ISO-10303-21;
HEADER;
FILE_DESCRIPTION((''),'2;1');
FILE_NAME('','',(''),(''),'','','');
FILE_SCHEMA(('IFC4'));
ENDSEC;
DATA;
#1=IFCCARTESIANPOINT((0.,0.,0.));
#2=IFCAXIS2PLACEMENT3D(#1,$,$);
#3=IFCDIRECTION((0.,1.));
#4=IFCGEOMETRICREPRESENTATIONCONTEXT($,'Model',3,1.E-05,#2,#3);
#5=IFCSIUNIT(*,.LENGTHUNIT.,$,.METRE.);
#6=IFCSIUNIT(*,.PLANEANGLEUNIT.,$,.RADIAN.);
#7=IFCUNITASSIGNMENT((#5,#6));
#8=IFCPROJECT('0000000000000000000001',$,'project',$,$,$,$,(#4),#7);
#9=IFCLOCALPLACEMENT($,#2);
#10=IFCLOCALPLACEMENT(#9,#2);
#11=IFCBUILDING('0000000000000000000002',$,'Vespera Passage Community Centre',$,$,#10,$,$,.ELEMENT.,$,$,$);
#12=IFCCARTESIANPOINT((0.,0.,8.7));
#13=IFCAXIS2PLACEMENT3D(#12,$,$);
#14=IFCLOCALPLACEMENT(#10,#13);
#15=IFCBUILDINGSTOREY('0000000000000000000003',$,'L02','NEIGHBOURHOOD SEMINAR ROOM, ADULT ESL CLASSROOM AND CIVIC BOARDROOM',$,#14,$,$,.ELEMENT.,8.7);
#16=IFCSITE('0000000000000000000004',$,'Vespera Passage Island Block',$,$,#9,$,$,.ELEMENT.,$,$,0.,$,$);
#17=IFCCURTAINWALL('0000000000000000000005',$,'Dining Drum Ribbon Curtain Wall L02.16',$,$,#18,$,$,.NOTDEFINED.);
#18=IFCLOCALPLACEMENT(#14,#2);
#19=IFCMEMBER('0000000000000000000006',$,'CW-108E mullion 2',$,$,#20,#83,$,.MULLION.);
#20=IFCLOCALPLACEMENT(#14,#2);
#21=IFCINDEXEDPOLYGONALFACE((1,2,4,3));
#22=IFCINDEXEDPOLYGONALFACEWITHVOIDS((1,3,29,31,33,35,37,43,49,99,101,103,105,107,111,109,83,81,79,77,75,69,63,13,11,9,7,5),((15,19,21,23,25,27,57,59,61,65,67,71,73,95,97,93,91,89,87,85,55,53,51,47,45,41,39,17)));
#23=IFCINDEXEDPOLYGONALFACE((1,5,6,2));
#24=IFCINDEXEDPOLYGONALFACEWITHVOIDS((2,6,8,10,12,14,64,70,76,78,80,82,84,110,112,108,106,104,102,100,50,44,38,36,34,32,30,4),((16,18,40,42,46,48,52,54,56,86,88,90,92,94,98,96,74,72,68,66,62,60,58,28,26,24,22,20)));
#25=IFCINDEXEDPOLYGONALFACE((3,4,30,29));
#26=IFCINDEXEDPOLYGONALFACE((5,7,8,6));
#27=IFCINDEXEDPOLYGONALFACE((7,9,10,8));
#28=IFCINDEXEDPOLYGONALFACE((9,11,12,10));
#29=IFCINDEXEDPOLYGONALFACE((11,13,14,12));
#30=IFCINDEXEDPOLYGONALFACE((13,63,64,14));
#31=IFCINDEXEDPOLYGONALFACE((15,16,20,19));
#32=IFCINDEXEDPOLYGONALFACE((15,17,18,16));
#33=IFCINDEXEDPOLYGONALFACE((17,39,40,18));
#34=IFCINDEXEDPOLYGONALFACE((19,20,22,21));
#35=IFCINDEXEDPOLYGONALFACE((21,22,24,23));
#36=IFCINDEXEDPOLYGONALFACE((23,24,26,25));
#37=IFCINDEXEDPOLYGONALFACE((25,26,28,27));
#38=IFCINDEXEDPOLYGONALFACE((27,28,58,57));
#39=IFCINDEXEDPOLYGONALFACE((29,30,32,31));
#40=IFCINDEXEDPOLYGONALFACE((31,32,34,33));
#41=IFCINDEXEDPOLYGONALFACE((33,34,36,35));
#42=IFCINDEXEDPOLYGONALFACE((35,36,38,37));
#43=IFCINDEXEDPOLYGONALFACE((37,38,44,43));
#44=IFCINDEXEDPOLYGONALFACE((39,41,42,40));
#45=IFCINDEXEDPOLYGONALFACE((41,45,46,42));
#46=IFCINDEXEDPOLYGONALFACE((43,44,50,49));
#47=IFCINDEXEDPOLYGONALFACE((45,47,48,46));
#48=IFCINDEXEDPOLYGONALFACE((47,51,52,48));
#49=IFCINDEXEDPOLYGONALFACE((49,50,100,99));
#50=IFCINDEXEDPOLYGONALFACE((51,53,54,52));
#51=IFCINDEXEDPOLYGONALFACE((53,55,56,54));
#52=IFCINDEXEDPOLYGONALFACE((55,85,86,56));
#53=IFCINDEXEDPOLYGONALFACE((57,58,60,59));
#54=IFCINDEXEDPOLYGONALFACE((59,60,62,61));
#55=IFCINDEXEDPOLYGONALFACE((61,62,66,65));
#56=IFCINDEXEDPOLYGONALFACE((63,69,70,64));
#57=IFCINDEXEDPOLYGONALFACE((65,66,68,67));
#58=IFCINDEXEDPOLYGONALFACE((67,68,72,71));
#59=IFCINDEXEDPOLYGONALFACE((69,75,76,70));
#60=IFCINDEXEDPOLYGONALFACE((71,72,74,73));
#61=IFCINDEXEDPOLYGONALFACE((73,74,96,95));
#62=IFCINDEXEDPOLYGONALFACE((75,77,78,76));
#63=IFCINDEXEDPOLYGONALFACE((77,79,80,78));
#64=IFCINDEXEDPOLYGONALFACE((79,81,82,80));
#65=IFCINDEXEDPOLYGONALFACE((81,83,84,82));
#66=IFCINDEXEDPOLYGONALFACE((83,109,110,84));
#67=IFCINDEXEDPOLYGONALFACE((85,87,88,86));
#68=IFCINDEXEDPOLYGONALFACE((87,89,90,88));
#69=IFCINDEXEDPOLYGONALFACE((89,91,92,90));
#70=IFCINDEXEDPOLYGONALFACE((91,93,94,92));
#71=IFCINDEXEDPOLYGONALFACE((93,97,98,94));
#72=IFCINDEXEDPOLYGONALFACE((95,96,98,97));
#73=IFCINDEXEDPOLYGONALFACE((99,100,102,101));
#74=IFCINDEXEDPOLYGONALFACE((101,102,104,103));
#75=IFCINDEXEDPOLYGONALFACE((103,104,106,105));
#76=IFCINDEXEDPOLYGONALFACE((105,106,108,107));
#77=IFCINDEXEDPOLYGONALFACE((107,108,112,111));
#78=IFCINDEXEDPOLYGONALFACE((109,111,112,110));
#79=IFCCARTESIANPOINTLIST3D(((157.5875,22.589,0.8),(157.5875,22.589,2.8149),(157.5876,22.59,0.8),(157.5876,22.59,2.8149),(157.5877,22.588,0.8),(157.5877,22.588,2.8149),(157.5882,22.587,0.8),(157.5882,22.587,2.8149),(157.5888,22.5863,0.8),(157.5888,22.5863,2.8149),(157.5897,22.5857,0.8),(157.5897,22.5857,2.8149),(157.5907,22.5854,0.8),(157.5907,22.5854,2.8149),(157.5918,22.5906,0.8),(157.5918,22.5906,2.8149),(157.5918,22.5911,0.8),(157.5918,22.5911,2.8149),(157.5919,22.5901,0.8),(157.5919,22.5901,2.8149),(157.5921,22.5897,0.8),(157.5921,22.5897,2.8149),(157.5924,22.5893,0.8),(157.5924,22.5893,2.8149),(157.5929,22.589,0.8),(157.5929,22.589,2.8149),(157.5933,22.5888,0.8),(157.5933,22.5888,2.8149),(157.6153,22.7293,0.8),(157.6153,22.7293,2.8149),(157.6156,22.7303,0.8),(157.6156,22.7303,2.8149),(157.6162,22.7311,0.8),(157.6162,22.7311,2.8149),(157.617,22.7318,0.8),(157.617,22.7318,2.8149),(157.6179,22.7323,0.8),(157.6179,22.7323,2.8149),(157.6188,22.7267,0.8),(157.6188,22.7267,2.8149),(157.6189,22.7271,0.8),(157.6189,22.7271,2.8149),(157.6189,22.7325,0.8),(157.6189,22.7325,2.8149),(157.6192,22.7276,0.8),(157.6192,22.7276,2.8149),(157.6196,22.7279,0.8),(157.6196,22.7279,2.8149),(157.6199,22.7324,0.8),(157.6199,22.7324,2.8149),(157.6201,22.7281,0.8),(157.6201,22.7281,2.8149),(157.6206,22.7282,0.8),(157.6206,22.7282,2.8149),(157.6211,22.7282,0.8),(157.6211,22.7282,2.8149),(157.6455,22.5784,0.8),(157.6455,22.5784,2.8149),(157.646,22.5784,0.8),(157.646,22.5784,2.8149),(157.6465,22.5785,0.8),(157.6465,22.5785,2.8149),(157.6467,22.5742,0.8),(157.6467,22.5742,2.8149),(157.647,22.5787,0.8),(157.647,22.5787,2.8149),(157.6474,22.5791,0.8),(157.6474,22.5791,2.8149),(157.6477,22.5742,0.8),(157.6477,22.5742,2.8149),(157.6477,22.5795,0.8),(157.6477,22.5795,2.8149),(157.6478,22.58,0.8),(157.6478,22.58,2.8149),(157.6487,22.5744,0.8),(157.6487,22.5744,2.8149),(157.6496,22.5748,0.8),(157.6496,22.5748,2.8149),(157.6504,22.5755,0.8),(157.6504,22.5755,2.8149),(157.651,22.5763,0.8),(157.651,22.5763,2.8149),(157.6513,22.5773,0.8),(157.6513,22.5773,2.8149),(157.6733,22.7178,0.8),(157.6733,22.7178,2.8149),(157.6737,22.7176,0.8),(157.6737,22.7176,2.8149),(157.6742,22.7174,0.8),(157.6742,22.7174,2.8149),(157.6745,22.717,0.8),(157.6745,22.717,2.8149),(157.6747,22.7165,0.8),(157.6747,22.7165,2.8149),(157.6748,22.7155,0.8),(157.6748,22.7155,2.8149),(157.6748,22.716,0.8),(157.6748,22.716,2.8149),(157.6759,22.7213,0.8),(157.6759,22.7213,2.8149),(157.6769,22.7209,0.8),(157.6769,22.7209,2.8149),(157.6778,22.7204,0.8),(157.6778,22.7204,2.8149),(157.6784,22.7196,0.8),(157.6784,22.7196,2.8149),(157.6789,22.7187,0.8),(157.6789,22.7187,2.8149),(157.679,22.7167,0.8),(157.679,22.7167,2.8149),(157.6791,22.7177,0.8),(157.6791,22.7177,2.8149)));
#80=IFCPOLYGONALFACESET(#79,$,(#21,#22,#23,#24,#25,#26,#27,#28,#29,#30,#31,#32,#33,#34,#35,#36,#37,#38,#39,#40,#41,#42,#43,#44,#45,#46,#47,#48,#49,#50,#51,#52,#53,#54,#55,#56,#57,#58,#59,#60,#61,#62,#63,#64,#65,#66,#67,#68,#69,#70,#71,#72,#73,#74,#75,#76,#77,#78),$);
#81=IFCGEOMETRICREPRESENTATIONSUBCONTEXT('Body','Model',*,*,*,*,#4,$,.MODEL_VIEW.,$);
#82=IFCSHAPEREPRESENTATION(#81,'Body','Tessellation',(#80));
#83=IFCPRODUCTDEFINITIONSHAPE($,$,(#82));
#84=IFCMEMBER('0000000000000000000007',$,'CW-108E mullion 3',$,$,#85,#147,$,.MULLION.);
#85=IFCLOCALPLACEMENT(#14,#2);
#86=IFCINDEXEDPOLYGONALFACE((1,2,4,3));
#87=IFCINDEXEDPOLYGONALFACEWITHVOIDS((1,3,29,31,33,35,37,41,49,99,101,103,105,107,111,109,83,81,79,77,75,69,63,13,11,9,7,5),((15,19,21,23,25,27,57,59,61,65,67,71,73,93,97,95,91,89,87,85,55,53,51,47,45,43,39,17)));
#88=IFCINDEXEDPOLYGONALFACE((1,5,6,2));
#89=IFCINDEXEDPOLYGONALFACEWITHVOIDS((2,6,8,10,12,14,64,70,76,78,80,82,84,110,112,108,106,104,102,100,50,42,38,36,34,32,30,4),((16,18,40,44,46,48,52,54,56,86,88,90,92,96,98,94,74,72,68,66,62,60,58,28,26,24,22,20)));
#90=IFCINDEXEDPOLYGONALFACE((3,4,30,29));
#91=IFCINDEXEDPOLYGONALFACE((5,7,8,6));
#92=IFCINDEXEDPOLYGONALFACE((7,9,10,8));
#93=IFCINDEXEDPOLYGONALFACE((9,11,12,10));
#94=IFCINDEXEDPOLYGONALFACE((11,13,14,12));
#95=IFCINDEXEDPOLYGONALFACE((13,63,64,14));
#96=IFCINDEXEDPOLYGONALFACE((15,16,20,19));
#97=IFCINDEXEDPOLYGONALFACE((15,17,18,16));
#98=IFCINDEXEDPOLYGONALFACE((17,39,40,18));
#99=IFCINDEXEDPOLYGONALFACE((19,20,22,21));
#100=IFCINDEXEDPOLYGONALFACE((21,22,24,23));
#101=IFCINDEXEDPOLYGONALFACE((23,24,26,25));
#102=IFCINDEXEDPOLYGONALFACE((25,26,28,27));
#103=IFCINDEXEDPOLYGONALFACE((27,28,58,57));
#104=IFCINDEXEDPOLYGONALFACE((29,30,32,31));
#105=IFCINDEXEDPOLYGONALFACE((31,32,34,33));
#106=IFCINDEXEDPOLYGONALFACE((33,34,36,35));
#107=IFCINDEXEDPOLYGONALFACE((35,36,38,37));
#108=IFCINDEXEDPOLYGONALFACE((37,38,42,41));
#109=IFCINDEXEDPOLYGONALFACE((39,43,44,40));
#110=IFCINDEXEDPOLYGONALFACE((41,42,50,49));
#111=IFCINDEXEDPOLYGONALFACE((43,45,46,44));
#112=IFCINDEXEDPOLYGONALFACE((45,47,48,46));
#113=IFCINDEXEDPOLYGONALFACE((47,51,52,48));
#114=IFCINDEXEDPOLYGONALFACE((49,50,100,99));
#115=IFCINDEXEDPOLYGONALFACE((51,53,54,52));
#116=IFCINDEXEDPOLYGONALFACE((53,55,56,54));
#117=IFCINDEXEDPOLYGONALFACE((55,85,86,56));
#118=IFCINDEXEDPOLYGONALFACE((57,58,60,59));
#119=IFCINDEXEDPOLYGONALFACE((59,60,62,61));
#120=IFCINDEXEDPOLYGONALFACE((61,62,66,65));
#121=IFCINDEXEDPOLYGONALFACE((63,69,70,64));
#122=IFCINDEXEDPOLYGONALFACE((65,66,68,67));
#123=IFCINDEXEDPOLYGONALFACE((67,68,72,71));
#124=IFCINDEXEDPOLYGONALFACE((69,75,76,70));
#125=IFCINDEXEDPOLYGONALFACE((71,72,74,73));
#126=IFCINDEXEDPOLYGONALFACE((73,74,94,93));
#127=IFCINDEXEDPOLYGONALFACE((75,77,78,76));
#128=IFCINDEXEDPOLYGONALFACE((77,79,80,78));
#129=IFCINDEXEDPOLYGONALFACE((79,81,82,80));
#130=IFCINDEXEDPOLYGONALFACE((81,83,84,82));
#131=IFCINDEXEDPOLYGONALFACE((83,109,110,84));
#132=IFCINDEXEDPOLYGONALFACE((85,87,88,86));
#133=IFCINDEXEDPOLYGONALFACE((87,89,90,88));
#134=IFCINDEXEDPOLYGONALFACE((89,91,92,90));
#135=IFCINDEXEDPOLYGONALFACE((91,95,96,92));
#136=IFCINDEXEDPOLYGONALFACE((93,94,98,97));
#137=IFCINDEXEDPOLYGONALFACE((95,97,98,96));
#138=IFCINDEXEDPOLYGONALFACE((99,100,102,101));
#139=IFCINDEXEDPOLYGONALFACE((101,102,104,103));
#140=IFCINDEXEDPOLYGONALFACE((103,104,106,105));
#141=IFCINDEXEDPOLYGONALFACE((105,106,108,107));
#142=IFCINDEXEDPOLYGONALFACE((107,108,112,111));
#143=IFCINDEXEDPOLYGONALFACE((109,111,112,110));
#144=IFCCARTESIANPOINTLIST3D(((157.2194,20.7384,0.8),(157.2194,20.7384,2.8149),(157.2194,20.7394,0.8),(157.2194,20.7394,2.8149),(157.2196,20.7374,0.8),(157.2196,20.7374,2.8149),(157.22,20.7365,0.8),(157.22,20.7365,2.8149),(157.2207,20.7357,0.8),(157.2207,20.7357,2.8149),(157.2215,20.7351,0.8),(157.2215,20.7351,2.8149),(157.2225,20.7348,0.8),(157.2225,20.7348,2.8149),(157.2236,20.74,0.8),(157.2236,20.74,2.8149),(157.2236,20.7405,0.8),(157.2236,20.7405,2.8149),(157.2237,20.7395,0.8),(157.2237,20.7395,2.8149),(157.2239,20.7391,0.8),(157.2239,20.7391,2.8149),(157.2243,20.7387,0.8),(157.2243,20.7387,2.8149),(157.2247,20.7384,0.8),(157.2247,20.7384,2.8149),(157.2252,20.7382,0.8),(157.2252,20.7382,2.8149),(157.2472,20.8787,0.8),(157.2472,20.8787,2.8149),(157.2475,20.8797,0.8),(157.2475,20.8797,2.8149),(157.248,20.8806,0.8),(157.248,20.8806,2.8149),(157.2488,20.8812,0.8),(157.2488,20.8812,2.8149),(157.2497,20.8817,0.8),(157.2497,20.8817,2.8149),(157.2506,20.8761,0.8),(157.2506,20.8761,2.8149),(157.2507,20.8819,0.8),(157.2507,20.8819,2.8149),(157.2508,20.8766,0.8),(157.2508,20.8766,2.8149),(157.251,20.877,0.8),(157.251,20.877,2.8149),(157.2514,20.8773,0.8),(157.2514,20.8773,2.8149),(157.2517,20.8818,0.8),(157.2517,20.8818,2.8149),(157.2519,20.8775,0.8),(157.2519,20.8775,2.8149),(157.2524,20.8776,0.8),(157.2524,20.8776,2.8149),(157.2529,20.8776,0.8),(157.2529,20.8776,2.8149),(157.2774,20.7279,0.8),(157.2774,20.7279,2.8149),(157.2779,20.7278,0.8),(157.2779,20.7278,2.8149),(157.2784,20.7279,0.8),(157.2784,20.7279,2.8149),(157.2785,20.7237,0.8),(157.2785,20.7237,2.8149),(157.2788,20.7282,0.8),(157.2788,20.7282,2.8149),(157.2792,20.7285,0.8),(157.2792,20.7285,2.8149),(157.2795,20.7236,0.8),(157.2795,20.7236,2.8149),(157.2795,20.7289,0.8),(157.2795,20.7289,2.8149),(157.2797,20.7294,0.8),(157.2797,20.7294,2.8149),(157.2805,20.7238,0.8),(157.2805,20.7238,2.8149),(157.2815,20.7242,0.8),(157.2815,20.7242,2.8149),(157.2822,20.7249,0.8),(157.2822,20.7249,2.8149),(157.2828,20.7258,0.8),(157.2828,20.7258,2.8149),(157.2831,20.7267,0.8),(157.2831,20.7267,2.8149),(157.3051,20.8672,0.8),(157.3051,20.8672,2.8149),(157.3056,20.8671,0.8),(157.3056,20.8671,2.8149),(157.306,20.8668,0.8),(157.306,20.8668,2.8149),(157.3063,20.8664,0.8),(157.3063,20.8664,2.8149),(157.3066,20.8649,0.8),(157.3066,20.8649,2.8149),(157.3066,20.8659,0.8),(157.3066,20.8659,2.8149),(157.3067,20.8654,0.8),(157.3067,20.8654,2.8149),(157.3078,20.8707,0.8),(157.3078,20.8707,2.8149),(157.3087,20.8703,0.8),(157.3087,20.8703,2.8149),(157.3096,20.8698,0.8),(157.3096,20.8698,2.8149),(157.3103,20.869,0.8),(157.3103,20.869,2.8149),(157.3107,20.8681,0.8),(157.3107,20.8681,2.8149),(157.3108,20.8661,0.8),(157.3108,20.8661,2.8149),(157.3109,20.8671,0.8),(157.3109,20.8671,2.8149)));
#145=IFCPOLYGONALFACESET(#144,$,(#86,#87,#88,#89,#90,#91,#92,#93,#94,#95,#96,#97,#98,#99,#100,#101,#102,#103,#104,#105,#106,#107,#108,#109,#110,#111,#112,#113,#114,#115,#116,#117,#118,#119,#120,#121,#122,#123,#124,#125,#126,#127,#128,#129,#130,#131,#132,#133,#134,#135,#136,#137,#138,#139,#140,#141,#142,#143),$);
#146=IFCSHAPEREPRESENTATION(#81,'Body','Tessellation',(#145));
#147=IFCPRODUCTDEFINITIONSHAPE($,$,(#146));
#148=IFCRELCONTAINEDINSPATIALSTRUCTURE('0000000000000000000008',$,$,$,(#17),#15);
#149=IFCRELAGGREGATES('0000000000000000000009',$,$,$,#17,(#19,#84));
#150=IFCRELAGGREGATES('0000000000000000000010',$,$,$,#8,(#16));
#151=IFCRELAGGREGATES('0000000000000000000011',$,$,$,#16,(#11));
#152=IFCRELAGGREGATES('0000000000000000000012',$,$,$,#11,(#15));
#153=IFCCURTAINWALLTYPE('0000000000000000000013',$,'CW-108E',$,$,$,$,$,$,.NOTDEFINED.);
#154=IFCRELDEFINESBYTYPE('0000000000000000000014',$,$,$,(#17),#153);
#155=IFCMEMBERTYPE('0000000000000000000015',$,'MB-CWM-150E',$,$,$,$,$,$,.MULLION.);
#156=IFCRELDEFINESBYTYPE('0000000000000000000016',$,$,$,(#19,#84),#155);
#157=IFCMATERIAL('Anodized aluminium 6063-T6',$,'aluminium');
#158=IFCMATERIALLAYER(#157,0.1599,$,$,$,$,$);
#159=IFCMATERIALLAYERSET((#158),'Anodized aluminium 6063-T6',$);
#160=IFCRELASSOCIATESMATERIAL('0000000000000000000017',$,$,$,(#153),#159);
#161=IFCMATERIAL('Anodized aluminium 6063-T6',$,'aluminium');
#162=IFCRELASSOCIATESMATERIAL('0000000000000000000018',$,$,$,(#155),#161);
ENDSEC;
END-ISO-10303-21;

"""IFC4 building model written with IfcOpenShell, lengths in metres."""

from ifc_helpers import new_model, si_unit, direction, frame, origin, origin_2d, place, context, subcontext, project, spatial, hollow_rectangle, extrude, material, layer, layer_set, material_profile, profile_set, type_object, element, aggregate, save


model = new_model("IFC4")

# Units and contexts
model_context = context("Model", 3, precision=1e-05, world=origin(), true_north=direction((0.0, 1.0)))
body_context = subcontext(model_context, "Body", "Model", "MODEL_VIEW")
ifc_project = project(units=[si_unit("LENGTHUNIT", "METRE"), si_unit("PLANEANGLEUNIT", "RADIAN")], contexts=[model_context])

# Site, building, storey
site_placement = place(None, origin())
site = spatial("IfcSite", under=ifc_project, at=site_placement, Name="Vespera Passage Island Block", CompositionType="ELEMENT", RefElevation=0.0)
building_placement = place(site_placement, origin())
building = spatial("IfcBuilding", under=site, at=building_placement, Name="Vespera Passage Community Centre", CompositionType="ELEMENT")
storey_placement = place(building_placement, frame((0.0, 0.0, 8.7)))
storey = spatial("IfcBuildingStorey", under=building, at=storey_placement, Name="L02", Description="NEIGHBOURHOOD SEMINAR ROOM, ADULT ESL CLASSROOM AND CIVIC BOARDROOM", CompositionType="ELEMENT", Elevation=8.7)

# Curtain wall, members
ifc_material_1 = material(Name="Anodized aluminium 6063-T6", Category="aluminium")
ifc_layer_1 = layer(ifc_material_1, 0.1599)
ifc_layer_set_1 = layer_set([ifc_layer_1], Name="Anodized aluminium 6063-T6")
curtain_wall_type = type_object("IfcCurtainWallType", Name="CW-108E", PredefinedType="NOTDEFINED", material=ifc_layer_set_1)
curtain_wall_placement = place(storey_placement, origin())
curtain_wall = element("IfcCurtainWall", 1, at=curtain_wall_placement, inside=storey, type_object=curtain_wall_type, Name="Dining Drum Ribbon Curtain Wall L02.16", PredefinedType="NOTDEFINED")
ifc_material_2 = material(Name="Anodized aluminium 6063-T6", Category="aluminium")
ifc_material_profile_1 = material_profile(ifc_material_2, hollow_rectangle(XDim=0.0649, YDim=0.1499, WallThickness=0.0039, InnerFilletRadius=0.002, OuterFilletRadius=0.0039, at=origin_2d()), Name="ALU150X65X4")
ifc_profile_set_1 = profile_set([ifc_material_profile_1], Name="Anodized aluminium 6063-T6")
member_type_1 = type_object("IfcMemberType", Name="MB-CWM-150E", PredefinedType="MULLION", material=ifc_profile_set_1)
member_1_placement = place(storey_placement, frame((157.6333, 22.6533, 0.8), z_axis=(0.0, 0.0, 1.0), x_axis=(0.980784, -0.195097, 0.0)))
member_1 = element("IfcMember", 2, at=member_1_placement, type_object=member_type_1, Name="CW-108E mullion 2", PredefinedType="MULLION", context=body_context, shape_type="SweptSolid", body=[
    extrude(hollow_rectangle(XDim=0.0649, YDim=0.1499, WallThickness=0.0039, InnerFilletRadius=0.002, OuterFilletRadius=0.0039, at=origin_2d()), origin(), (0.0, 0.0, 1.0), 2.0149),
])
member_2_placement = place(storey_placement, frame((157.2651, 20.8027, 0.8), z_axis=(0.0, 0.0, 1.0), x_axis=(0.980784, -0.195097, 0.0)))
member_2 = element("IfcMember", 3, at=member_2_placement, type_object=member_type_1, Name="CW-108E mullion 3", PredefinedType="MULLION", context=body_context, shape_type="SweptSolid", body=[
    extrude(hollow_rectangle(XDim=0.0649, YDim=0.1499, WallThickness=0.0039, InnerFilletRadius=0.002, OuterFilletRadius=0.0039, at=origin_2d()), origin(), (0.0, 0.0, 1.0), 2.0149),
])
aggregate(curtain_wall, [member_1, member_2])

save(model, "model.ifc")
